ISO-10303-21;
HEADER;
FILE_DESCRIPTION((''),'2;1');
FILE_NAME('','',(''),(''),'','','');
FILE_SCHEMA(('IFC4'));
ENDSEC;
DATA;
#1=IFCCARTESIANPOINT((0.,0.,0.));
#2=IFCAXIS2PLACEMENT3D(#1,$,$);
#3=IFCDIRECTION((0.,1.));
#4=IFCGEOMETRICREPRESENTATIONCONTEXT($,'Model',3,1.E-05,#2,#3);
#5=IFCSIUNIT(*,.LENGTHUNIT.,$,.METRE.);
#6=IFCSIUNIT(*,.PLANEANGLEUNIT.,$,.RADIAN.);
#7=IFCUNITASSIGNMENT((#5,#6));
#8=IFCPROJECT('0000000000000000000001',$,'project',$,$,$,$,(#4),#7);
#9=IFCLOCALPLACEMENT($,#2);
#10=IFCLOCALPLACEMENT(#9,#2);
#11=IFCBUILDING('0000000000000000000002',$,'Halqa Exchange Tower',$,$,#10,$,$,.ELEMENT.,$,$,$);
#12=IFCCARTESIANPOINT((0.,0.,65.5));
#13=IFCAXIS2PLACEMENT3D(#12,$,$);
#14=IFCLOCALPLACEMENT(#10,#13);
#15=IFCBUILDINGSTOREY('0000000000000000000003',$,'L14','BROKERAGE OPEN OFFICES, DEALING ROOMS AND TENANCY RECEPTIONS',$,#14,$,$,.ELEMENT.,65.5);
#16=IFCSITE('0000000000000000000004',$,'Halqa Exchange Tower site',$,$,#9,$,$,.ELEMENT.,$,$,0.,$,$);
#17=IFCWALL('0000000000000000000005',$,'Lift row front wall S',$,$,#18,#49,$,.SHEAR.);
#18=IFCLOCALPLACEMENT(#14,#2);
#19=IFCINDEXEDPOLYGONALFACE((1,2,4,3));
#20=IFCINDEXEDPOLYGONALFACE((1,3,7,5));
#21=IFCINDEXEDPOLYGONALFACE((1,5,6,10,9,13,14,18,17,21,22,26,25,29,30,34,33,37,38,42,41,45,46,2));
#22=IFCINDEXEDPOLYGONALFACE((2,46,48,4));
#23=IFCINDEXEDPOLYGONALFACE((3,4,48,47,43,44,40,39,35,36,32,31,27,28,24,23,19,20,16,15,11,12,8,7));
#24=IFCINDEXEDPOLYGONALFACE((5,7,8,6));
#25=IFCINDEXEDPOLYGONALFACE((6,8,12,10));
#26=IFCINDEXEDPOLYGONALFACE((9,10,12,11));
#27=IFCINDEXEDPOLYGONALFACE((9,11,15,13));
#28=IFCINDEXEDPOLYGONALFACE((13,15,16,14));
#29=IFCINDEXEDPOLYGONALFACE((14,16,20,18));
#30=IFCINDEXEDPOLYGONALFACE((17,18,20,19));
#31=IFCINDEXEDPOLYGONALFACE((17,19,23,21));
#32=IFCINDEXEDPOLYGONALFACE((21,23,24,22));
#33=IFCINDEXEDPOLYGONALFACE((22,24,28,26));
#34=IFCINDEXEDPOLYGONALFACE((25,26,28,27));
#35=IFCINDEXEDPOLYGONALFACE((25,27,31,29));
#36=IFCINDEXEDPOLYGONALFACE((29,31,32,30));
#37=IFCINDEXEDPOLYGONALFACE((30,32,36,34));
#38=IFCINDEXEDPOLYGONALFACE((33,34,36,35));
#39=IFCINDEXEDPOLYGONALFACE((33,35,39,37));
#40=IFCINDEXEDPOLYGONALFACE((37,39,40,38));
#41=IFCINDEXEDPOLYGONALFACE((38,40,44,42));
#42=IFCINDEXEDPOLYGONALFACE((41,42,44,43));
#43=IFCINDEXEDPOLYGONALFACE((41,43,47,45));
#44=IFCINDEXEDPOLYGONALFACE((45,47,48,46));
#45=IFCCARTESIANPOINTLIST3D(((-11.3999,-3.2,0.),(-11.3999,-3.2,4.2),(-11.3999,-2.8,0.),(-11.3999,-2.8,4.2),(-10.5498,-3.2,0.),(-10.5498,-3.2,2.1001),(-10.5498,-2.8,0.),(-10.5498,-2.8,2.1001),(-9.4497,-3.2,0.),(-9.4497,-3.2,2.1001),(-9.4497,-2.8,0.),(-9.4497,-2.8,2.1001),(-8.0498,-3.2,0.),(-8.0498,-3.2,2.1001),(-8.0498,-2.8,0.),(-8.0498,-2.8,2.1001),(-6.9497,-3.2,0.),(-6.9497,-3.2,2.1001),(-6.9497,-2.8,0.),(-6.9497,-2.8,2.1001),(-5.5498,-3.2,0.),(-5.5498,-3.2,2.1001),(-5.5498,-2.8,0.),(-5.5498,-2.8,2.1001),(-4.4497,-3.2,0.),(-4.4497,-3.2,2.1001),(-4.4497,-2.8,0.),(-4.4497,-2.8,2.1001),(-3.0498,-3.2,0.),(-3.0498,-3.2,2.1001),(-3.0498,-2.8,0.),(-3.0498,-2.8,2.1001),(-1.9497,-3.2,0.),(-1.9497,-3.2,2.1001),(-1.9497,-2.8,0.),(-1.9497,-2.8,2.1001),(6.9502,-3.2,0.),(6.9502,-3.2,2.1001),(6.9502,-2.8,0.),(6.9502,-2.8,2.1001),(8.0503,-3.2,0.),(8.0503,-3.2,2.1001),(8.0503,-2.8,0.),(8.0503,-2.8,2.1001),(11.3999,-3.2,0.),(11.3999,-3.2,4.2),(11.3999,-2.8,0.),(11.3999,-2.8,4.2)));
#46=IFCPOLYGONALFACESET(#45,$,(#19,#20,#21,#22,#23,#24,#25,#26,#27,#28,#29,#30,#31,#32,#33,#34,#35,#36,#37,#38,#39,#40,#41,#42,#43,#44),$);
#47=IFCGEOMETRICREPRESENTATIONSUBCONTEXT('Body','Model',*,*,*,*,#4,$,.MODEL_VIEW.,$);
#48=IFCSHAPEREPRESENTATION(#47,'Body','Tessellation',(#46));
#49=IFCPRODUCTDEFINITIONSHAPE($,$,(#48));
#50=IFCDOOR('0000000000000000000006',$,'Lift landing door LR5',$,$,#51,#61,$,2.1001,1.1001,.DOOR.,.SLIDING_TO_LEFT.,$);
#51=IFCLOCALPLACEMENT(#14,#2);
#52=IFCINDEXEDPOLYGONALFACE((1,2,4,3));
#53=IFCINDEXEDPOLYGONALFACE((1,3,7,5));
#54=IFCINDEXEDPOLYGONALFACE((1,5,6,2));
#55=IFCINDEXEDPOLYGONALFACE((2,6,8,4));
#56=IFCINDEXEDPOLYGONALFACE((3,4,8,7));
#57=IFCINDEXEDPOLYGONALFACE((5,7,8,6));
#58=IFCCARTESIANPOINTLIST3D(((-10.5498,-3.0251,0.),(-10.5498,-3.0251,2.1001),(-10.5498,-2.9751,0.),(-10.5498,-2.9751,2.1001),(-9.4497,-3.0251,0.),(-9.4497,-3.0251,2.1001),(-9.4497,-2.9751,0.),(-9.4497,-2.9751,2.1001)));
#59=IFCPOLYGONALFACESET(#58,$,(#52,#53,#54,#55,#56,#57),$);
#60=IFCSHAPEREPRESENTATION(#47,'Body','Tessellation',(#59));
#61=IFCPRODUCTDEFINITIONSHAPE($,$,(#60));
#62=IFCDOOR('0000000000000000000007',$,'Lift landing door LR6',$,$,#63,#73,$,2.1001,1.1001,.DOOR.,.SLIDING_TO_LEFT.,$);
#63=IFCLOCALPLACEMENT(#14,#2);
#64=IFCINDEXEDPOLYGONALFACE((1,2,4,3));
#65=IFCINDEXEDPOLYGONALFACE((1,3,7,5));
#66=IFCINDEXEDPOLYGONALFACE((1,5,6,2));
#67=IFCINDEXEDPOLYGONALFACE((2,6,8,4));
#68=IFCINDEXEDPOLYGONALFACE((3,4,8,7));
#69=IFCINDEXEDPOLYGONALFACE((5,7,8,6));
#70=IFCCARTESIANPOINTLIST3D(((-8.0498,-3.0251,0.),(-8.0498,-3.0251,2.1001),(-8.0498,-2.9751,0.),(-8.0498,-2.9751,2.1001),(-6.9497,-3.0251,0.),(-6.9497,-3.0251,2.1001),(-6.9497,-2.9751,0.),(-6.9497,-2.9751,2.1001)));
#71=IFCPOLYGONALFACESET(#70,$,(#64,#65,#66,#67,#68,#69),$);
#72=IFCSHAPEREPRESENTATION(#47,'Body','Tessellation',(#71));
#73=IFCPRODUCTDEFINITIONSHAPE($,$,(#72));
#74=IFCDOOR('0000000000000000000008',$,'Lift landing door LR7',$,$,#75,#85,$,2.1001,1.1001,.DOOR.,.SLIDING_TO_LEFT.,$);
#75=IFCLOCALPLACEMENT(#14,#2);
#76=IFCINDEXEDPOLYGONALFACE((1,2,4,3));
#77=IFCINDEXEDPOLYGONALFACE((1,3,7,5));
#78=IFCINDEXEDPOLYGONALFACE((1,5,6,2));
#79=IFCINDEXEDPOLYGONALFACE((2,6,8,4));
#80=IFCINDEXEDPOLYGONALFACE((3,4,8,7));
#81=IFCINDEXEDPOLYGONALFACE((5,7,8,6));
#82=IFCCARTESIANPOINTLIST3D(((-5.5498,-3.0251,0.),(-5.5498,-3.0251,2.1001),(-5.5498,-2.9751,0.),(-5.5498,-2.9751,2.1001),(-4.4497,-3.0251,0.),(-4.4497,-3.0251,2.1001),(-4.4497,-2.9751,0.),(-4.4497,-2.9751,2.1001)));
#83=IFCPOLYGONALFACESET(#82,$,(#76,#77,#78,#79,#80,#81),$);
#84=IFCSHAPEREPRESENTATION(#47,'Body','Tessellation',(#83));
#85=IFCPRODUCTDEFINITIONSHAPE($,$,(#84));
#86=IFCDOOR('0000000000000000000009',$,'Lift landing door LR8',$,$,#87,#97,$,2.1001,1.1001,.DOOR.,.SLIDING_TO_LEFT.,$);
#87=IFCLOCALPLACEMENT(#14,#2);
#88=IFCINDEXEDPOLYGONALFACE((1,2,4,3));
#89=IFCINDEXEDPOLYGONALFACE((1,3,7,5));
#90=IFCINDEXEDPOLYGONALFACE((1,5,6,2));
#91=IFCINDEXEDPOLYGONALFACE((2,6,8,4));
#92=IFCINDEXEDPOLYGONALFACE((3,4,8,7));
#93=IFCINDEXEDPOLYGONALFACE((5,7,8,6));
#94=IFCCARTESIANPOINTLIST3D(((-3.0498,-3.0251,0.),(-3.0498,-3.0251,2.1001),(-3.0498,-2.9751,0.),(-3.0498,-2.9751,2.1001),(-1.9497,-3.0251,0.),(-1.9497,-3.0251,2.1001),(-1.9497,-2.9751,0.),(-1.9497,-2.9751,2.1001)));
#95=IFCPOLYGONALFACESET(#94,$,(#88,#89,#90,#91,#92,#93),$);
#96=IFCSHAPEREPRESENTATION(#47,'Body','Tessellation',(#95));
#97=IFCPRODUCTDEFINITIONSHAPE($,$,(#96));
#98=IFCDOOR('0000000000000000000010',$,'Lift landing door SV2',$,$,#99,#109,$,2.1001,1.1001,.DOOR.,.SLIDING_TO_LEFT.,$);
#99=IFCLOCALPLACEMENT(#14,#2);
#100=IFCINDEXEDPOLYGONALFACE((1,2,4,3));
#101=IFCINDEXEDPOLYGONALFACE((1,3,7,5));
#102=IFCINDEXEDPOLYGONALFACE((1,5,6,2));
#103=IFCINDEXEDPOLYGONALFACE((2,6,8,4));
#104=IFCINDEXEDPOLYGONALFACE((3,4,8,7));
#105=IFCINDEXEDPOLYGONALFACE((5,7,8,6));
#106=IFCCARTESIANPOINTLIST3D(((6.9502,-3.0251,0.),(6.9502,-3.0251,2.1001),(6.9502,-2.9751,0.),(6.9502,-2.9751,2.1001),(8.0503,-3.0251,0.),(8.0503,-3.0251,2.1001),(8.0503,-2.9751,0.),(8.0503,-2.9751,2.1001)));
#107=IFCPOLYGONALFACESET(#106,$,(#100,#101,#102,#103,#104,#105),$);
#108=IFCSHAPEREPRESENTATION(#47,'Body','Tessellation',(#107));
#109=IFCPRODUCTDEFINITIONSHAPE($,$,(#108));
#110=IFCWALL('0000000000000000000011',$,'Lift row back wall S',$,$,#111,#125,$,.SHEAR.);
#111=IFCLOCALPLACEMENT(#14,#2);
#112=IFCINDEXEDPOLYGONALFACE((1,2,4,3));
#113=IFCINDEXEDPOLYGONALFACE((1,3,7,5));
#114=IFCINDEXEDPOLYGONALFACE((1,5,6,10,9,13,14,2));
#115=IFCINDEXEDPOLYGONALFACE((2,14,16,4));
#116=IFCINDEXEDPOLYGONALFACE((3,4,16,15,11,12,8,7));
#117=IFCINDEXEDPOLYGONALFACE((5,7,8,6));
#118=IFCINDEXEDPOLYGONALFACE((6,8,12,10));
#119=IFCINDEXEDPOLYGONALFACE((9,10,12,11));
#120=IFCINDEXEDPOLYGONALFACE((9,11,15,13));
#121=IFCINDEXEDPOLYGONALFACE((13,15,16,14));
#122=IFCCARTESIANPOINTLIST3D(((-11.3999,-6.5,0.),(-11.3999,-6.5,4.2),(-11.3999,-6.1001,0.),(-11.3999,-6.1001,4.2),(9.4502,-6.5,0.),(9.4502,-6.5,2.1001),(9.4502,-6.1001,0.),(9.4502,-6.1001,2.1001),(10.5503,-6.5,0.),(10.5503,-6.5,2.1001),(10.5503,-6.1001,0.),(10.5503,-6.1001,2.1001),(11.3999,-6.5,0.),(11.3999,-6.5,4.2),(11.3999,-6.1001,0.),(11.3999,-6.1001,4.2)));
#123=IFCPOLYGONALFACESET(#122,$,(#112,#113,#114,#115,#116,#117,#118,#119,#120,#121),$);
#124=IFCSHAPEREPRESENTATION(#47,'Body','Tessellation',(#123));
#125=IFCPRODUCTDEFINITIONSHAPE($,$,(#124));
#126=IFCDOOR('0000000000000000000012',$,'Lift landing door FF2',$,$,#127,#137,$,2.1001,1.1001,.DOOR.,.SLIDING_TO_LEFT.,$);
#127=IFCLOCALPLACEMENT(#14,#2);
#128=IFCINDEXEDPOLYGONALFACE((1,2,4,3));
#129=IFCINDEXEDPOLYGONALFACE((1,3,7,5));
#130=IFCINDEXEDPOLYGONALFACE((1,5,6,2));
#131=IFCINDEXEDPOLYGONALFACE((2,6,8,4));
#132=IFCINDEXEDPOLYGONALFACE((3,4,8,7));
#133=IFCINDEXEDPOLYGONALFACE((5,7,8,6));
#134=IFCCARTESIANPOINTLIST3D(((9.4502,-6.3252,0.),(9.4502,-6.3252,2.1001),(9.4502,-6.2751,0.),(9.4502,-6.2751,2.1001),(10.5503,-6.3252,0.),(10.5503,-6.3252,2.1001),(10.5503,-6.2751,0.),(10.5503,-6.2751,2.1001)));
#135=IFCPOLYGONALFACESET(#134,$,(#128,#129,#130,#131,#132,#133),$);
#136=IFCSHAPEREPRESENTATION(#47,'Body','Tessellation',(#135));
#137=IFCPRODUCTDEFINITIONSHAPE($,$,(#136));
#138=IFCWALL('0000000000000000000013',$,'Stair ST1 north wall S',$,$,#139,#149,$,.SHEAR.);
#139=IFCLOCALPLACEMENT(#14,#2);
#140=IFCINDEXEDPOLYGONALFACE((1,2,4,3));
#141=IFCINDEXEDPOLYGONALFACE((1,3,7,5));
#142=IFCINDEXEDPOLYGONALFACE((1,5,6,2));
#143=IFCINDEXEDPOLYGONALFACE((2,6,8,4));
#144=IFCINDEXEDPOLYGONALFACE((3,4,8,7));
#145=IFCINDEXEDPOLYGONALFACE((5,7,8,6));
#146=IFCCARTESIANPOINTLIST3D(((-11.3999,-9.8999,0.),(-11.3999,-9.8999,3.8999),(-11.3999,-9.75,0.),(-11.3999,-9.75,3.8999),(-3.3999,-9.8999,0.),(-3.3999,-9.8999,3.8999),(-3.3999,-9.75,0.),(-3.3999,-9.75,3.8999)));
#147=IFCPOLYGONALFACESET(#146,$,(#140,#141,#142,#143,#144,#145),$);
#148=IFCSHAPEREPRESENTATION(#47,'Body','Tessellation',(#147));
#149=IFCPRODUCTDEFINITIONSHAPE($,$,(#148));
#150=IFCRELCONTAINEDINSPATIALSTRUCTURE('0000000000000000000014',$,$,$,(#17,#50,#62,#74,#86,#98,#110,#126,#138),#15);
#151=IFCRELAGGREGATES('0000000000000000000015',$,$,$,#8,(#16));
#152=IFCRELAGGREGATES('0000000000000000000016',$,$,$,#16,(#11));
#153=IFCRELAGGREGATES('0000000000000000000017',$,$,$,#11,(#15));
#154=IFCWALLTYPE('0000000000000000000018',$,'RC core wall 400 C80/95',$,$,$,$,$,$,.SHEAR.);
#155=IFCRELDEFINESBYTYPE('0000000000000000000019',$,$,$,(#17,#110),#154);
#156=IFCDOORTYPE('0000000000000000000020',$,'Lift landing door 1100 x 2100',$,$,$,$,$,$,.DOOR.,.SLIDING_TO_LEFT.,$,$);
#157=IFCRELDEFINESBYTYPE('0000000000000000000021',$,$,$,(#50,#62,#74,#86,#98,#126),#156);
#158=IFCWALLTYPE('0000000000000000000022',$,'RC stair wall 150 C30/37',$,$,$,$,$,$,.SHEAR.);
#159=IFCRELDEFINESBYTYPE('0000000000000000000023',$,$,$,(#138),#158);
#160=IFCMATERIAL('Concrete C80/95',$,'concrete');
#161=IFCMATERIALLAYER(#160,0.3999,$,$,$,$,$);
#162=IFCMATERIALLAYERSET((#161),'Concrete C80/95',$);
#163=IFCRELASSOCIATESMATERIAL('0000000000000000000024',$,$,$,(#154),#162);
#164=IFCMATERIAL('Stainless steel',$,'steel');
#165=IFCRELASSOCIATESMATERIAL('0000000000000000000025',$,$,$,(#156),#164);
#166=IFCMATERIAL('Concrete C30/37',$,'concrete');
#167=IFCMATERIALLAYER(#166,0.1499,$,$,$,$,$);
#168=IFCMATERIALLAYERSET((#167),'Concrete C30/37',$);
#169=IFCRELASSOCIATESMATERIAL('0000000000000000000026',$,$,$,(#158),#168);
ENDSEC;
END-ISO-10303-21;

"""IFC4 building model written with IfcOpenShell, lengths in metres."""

from ifc_helpers import new_model, si_unit, direction, frame, frame_2d, origin, place, context, subcontext, project, spatial, rectangle, extrude, material, layer, layer_set, type_object, element, fill, save


model = new_model("IFC4")

# Units and contexts
model_context = context("Model", 3, precision=1e-05, world=origin(), true_north=direction((0.0, 1.0)))
body_context = subcontext(model_context, "Body", "Model", "MODEL_VIEW")
ifc_project = project(units=[si_unit("LENGTHUNIT", "METRE"), si_unit("PLANEANGLEUNIT", "RADIAN")], contexts=[model_context])

# Site, building, storey
site_placement = place(None, origin())
site = spatial("IfcSite", under=ifc_project, at=site_placement, Name="Halqa Exchange Tower site", CompositionType="ELEMENT", RefElevation=0.0)
building_placement = place(site_placement, origin())
building = spatial("IfcBuilding", under=site, at=building_placement, Name="Halqa Exchange Tower", CompositionType="ELEMENT")
storey_placement = place(building_placement, frame((0.0, 0.0, 65.5)))
storey = spatial("IfcBuildingStorey", under=building, at=storey_placement, Name="L14", Description="BROKERAGE OPEN OFFICES, DEALING ROOMS AND TENANCY RECEPTIONS", CompositionType="ELEMENT", Elevation=65.5)

# Wall, openings, doors
ifc_material_1 = material(Name="Concrete C80/95", Category="concrete")
ifc_layer_1 = layer(ifc_material_1, 0.3999)
ifc_layer_set_1 = layer_set([ifc_layer_1], Name="Concrete C80/95")
wall_type_1 = type_object("IfcWallType", Name="RC core wall 400 C80/95", PredefinedType="SHEAR", material=ifc_layer_set_1)
wall_1_placement = place(storey_placement, frame((-11.3999, -3.0, 0.0), z_axis=(0.0, 0.0, 1.0), x_axis=(1.0, 0.0, 0.0)))
wall_1 = element("IfcWall", 1, at=wall_1_placement, inside=storey, type_object=wall_type_1, Name="Lift row front wall S", PredefinedType="SHEAR", context=body_context, shape_type="SweptSolid", body=[
    extrude(rectangle(XDim=22.7998, YDim=0.3999, at=frame_2d((11.3999, 0.0))), origin(), (0.0, 0.0, 1.0), 4.2),
])
opening_1_placement = place(wall_1_placement, frame((0.8501, 0.0, 0.0)))
opening_1 = element("IfcOpeningElement", 2, at=opening_1_placement, cuts=wall_1, PredefinedType="OPENING", context=body_context, shape_type="SweptSolid", body=[
    extrude(rectangle(XDim=1.1001, YDim=2.1001, at=frame_2d((0.55, 1.05))), frame((0.0, 0.2119, 0.0), z_axis=(0.0, -1.0, 0.0), x_axis=(1.0, 0.0, 0.0)), (0.0, 0.0, 1.0), 0.4238),
])
opening_2_placement = place(wall_1_placement, frame((3.3501, 0.0, 0.0)))
opening_2 = element("IfcOpeningElement", 3, at=opening_2_placement, cuts=wall_1, PredefinedType="OPENING", context=body_context, shape_type="SweptSolid", body=[
    extrude(rectangle(XDim=1.1001, YDim=2.1001, at=frame_2d((0.55, 1.05))), frame((0.0, 0.2119, 0.0), z_axis=(0.0, -1.0, 0.0), x_axis=(1.0, 0.0, 0.0)), (0.0, 0.0, 1.0), 0.4238),
])
opening_3_placement = place(wall_1_placement, frame((5.8501, 0.0, 0.0)))
opening_3 = element("IfcOpeningElement", 4, at=opening_3_placement, cuts=wall_1, PredefinedType="OPENING", context=body_context, shape_type="SweptSolid", body=[
    extrude(rectangle(XDim=1.1001, YDim=2.1001, at=frame_2d((0.55, 1.05))), frame((0.0, 0.2119, 0.0), z_axis=(0.0, -1.0, 0.0), x_axis=(1.0, 0.0, 0.0)), (0.0, 0.0, 1.0), 0.4238),
])
opening_4_placement = place(wall_1_placement, frame((8.3501, 0.0, 0.0)))
opening_4 = element("IfcOpeningElement", 5, at=opening_4_placement, cuts=wall_1, PredefinedType="OPENING", context=body_context, shape_type="SweptSolid", body=[
    extrude(rectangle(XDim=1.1001, YDim=2.1001, at=frame_2d((0.55, 1.05))), frame((0.0, 0.2119, 0.0), z_axis=(0.0, -1.0, 0.0), x_axis=(1.0, 0.0, 0.0)), (0.0, 0.0, 1.0), 0.4238),
])
opening_5_placement = place(wall_1_placement, frame((18.3501, 0.0, 0.0)))
opening_5 = element("IfcOpeningElement", 6, at=opening_5_placement, cuts=wall_1, PredefinedType="OPENING", context=body_context, shape_type="SweptSolid", body=[
    extrude(rectangle(XDim=1.1001, YDim=2.1001, at=frame_2d((0.55, 1.05))), frame((0.0, 0.2119, 0.0), z_axis=(0.0, -1.0, 0.0), x_axis=(1.0, 0.0, 0.0)), (0.0, 0.0, 1.0), 0.4238),
])
ifc_material_2 = material(Name="Stainless steel", Category="steel")
door_type = type_object("IfcDoorType", Name="Lift landing door 1100 x 2100", OperationType="SLIDING_TO_LEFT", PredefinedType="DOOR", material=ifc_material_2)
door_1_placement = place(opening_1_placement, origin())
door_1 = element("IfcDoor", 7, at=door_1_placement, inside=storey, type_object=door_type, Name="Lift landing door LR5", OperationType="SLIDING_TO_LEFT", OverallHeight=2.1001, OverallWidth=1.1001, PredefinedType="DOOR", context=body_context, shape_type="SweptSolid", body=[
    extrude(rectangle(XDim=1.1001, YDim=2.1001, at=frame_2d((0.55, 1.05))), frame((0.0, 0.0249, 0.0), z_axis=(0.0, -1.0, 0.0), x_axis=(1.0, 0.0, 0.0)), (0.0, 0.0, 1.0), 0.05),
])
fill(opening_1, door_1)
door_2_placement = place(opening_2_placement, origin())
door_2 = element("IfcDoor", 8, at=door_2_placement, inside=storey, type_object=door_type, Name="Lift landing door LR6", OperationType="SLIDING_TO_LEFT", OverallHeight=2.1001, OverallWidth=1.1001, PredefinedType="DOOR", context=body_context, shape_type="SweptSolid", body=[
    extrude(rectangle(XDim=1.1001, YDim=2.1001, at=frame_2d((0.55, 1.05))), frame((0.0, 0.0249, 0.0), z_axis=(0.0, -1.0, 0.0), x_axis=(1.0, 0.0, 0.0)), (0.0, 0.0, 1.0), 0.05),
])
fill(opening_2, door_2)
door_3_placement = place(opening_3_placement, origin())
door_3 = element("IfcDoor", 9, at=door_3_placement, inside=storey, type_object=door_type, Name="Lift landing door LR7", OperationType="SLIDING_TO_LEFT", OverallHeight=2.1001, OverallWidth=1.1001, PredefinedType="DOOR", context=body_context, shape_type="SweptSolid", body=[
    extrude(rectangle(XDim=1.1001, YDim=2.1001, at=frame_2d((0.55, 1.05))), frame((0.0, 0.0249, 0.0), z_axis=(0.0, -1.0, 0.0), x_axis=(1.0, 0.0, 0.0)), (0.0, 0.0, 1.0), 0.05),
])
fill(opening_3, door_3)
door_4_placement = place(opening_4_placement, origin())
door_4 = element("IfcDoor", 10, at=door_4_placement, inside=storey, type_object=door_type, Name="Lift landing door LR8", OperationType="SLIDING_TO_LEFT", OverallHeight=2.1001, OverallWidth=1.1001, PredefinedType="DOOR", context=body_context, shape_type="SweptSolid", body=[
    extrude(rectangle(XDim=1.1001, YDim=2.1001, at=frame_2d((0.55, 1.05))), frame((0.0, 0.0249, 0.0), z_axis=(0.0, -1.0, 0.0), x_axis=(1.0, 0.0, 0.0)), (0.0, 0.0, 1.0), 0.05),
])
fill(opening_4, door_4)
door_5_placement = place(opening_5_placement, origin())
door_5 = element("IfcDoor", 11, at=door_5_placement, inside=storey, type_object=door_type, Name="Lift landing door SV2", OperationType="SLIDING_TO_LEFT", OverallHeight=2.1001, OverallWidth=1.1001, PredefinedType="DOOR", context=body_context, shape_type="SweptSolid", body=[
    extrude(rectangle(XDim=1.1001, YDim=2.1001, at=frame_2d((0.55, 1.05))), frame((0.0, 0.0249, 0.0), z_axis=(0.0, -1.0, 0.0), x_axis=(1.0, 0.0, 0.0)), (0.0, 0.0, 1.0), 0.05),
])
fill(opening_5, door_5)

# Wall, opening, door
wall_2_placement = place(storey_placement, frame((-11.3999, -6.3, 0.0), z_axis=(0.0, 0.0, 1.0), x_axis=(1.0, 0.0, 0.0)))
wall_2 = element("IfcWall", 12, at=wall_2_placement, inside=storey, type_object=wall_type_1, Name="Lift row back wall S", PredefinedType="SHEAR", context=body_context, shape_type="SweptSolid", body=[
    extrude(rectangle(XDim=22.7998, YDim=0.3999, at=frame_2d((11.3999, 0.0))), origin(), (0.0, 0.0, 1.0), 4.2),
])
opening_6_placement = place(wall_2_placement, frame((20.8501, 0.0, 0.0)))
opening_6 = element("IfcOpeningElement", 13, at=opening_6_placement, cuts=wall_2, PredefinedType="OPENING", context=body_context, shape_type="SweptSolid", body=[
    extrude(rectangle(XDim=1.1001, YDim=2.1001, at=frame_2d((0.55, 1.05))), frame((0.0, 0.2119, 0.0), z_axis=(0.0, -1.0, 0.0), x_axis=(1.0, 0.0, 0.0)), (0.0, 0.0, 1.0), 0.4238),
])
door_6_placement = place(opening_6_placement, origin())
door_6 = element("IfcDoor", 14, at=door_6_placement, inside=storey, type_object=door_type, Name="Lift landing door FF2", OperationType="SLIDING_TO_LEFT", OverallHeight=2.1001, OverallWidth=1.1001, PredefinedType="DOOR", context=body_context, shape_type="SweptSolid", body=[
    extrude(rectangle(XDim=1.1001, YDim=2.1001, at=frame_2d((0.55, 1.05))), frame((0.0, 0.0249, 0.0), z_axis=(0.0, -1.0, 0.0), x_axis=(1.0, 0.0, 0.0)), (0.0, 0.0, 1.0), 0.05),
])
fill(opening_6, door_6)

# Wall
ifc_material_3 = material(Name="Concrete C30/37", Category="concrete")
ifc_layer_2 = layer(ifc_material_3, 0.1499)
ifc_layer_set_2 = layer_set([ifc_layer_2], Name="Concrete C30/37")
wall_type_2 = type_object("IfcWallType", Name="RC stair wall 150 C30/37", PredefinedType="SHEAR", material=ifc_layer_set_2)
wall_3_placement = place(storey_placement, frame((-11.3999, -9.825, 0.0), z_axis=(0.0, 0.0, 1.0), x_axis=(1.0, 0.0, 0.0)))
element("IfcWall", 15, at=wall_3_placement, inside=storey, type_object=wall_type_2, Name="Stair ST1 north wall S", PredefinedType="SHEAR", context=body_context, shape_type="SweptSolid", body=[
    extrude(rectangle(XDim=8.0, YDim=0.1499, at=frame_2d((4.0, 0.0))), origin(), (0.0, 0.0, 1.0), 3.8999),
])

save(model, "model.ifc")
